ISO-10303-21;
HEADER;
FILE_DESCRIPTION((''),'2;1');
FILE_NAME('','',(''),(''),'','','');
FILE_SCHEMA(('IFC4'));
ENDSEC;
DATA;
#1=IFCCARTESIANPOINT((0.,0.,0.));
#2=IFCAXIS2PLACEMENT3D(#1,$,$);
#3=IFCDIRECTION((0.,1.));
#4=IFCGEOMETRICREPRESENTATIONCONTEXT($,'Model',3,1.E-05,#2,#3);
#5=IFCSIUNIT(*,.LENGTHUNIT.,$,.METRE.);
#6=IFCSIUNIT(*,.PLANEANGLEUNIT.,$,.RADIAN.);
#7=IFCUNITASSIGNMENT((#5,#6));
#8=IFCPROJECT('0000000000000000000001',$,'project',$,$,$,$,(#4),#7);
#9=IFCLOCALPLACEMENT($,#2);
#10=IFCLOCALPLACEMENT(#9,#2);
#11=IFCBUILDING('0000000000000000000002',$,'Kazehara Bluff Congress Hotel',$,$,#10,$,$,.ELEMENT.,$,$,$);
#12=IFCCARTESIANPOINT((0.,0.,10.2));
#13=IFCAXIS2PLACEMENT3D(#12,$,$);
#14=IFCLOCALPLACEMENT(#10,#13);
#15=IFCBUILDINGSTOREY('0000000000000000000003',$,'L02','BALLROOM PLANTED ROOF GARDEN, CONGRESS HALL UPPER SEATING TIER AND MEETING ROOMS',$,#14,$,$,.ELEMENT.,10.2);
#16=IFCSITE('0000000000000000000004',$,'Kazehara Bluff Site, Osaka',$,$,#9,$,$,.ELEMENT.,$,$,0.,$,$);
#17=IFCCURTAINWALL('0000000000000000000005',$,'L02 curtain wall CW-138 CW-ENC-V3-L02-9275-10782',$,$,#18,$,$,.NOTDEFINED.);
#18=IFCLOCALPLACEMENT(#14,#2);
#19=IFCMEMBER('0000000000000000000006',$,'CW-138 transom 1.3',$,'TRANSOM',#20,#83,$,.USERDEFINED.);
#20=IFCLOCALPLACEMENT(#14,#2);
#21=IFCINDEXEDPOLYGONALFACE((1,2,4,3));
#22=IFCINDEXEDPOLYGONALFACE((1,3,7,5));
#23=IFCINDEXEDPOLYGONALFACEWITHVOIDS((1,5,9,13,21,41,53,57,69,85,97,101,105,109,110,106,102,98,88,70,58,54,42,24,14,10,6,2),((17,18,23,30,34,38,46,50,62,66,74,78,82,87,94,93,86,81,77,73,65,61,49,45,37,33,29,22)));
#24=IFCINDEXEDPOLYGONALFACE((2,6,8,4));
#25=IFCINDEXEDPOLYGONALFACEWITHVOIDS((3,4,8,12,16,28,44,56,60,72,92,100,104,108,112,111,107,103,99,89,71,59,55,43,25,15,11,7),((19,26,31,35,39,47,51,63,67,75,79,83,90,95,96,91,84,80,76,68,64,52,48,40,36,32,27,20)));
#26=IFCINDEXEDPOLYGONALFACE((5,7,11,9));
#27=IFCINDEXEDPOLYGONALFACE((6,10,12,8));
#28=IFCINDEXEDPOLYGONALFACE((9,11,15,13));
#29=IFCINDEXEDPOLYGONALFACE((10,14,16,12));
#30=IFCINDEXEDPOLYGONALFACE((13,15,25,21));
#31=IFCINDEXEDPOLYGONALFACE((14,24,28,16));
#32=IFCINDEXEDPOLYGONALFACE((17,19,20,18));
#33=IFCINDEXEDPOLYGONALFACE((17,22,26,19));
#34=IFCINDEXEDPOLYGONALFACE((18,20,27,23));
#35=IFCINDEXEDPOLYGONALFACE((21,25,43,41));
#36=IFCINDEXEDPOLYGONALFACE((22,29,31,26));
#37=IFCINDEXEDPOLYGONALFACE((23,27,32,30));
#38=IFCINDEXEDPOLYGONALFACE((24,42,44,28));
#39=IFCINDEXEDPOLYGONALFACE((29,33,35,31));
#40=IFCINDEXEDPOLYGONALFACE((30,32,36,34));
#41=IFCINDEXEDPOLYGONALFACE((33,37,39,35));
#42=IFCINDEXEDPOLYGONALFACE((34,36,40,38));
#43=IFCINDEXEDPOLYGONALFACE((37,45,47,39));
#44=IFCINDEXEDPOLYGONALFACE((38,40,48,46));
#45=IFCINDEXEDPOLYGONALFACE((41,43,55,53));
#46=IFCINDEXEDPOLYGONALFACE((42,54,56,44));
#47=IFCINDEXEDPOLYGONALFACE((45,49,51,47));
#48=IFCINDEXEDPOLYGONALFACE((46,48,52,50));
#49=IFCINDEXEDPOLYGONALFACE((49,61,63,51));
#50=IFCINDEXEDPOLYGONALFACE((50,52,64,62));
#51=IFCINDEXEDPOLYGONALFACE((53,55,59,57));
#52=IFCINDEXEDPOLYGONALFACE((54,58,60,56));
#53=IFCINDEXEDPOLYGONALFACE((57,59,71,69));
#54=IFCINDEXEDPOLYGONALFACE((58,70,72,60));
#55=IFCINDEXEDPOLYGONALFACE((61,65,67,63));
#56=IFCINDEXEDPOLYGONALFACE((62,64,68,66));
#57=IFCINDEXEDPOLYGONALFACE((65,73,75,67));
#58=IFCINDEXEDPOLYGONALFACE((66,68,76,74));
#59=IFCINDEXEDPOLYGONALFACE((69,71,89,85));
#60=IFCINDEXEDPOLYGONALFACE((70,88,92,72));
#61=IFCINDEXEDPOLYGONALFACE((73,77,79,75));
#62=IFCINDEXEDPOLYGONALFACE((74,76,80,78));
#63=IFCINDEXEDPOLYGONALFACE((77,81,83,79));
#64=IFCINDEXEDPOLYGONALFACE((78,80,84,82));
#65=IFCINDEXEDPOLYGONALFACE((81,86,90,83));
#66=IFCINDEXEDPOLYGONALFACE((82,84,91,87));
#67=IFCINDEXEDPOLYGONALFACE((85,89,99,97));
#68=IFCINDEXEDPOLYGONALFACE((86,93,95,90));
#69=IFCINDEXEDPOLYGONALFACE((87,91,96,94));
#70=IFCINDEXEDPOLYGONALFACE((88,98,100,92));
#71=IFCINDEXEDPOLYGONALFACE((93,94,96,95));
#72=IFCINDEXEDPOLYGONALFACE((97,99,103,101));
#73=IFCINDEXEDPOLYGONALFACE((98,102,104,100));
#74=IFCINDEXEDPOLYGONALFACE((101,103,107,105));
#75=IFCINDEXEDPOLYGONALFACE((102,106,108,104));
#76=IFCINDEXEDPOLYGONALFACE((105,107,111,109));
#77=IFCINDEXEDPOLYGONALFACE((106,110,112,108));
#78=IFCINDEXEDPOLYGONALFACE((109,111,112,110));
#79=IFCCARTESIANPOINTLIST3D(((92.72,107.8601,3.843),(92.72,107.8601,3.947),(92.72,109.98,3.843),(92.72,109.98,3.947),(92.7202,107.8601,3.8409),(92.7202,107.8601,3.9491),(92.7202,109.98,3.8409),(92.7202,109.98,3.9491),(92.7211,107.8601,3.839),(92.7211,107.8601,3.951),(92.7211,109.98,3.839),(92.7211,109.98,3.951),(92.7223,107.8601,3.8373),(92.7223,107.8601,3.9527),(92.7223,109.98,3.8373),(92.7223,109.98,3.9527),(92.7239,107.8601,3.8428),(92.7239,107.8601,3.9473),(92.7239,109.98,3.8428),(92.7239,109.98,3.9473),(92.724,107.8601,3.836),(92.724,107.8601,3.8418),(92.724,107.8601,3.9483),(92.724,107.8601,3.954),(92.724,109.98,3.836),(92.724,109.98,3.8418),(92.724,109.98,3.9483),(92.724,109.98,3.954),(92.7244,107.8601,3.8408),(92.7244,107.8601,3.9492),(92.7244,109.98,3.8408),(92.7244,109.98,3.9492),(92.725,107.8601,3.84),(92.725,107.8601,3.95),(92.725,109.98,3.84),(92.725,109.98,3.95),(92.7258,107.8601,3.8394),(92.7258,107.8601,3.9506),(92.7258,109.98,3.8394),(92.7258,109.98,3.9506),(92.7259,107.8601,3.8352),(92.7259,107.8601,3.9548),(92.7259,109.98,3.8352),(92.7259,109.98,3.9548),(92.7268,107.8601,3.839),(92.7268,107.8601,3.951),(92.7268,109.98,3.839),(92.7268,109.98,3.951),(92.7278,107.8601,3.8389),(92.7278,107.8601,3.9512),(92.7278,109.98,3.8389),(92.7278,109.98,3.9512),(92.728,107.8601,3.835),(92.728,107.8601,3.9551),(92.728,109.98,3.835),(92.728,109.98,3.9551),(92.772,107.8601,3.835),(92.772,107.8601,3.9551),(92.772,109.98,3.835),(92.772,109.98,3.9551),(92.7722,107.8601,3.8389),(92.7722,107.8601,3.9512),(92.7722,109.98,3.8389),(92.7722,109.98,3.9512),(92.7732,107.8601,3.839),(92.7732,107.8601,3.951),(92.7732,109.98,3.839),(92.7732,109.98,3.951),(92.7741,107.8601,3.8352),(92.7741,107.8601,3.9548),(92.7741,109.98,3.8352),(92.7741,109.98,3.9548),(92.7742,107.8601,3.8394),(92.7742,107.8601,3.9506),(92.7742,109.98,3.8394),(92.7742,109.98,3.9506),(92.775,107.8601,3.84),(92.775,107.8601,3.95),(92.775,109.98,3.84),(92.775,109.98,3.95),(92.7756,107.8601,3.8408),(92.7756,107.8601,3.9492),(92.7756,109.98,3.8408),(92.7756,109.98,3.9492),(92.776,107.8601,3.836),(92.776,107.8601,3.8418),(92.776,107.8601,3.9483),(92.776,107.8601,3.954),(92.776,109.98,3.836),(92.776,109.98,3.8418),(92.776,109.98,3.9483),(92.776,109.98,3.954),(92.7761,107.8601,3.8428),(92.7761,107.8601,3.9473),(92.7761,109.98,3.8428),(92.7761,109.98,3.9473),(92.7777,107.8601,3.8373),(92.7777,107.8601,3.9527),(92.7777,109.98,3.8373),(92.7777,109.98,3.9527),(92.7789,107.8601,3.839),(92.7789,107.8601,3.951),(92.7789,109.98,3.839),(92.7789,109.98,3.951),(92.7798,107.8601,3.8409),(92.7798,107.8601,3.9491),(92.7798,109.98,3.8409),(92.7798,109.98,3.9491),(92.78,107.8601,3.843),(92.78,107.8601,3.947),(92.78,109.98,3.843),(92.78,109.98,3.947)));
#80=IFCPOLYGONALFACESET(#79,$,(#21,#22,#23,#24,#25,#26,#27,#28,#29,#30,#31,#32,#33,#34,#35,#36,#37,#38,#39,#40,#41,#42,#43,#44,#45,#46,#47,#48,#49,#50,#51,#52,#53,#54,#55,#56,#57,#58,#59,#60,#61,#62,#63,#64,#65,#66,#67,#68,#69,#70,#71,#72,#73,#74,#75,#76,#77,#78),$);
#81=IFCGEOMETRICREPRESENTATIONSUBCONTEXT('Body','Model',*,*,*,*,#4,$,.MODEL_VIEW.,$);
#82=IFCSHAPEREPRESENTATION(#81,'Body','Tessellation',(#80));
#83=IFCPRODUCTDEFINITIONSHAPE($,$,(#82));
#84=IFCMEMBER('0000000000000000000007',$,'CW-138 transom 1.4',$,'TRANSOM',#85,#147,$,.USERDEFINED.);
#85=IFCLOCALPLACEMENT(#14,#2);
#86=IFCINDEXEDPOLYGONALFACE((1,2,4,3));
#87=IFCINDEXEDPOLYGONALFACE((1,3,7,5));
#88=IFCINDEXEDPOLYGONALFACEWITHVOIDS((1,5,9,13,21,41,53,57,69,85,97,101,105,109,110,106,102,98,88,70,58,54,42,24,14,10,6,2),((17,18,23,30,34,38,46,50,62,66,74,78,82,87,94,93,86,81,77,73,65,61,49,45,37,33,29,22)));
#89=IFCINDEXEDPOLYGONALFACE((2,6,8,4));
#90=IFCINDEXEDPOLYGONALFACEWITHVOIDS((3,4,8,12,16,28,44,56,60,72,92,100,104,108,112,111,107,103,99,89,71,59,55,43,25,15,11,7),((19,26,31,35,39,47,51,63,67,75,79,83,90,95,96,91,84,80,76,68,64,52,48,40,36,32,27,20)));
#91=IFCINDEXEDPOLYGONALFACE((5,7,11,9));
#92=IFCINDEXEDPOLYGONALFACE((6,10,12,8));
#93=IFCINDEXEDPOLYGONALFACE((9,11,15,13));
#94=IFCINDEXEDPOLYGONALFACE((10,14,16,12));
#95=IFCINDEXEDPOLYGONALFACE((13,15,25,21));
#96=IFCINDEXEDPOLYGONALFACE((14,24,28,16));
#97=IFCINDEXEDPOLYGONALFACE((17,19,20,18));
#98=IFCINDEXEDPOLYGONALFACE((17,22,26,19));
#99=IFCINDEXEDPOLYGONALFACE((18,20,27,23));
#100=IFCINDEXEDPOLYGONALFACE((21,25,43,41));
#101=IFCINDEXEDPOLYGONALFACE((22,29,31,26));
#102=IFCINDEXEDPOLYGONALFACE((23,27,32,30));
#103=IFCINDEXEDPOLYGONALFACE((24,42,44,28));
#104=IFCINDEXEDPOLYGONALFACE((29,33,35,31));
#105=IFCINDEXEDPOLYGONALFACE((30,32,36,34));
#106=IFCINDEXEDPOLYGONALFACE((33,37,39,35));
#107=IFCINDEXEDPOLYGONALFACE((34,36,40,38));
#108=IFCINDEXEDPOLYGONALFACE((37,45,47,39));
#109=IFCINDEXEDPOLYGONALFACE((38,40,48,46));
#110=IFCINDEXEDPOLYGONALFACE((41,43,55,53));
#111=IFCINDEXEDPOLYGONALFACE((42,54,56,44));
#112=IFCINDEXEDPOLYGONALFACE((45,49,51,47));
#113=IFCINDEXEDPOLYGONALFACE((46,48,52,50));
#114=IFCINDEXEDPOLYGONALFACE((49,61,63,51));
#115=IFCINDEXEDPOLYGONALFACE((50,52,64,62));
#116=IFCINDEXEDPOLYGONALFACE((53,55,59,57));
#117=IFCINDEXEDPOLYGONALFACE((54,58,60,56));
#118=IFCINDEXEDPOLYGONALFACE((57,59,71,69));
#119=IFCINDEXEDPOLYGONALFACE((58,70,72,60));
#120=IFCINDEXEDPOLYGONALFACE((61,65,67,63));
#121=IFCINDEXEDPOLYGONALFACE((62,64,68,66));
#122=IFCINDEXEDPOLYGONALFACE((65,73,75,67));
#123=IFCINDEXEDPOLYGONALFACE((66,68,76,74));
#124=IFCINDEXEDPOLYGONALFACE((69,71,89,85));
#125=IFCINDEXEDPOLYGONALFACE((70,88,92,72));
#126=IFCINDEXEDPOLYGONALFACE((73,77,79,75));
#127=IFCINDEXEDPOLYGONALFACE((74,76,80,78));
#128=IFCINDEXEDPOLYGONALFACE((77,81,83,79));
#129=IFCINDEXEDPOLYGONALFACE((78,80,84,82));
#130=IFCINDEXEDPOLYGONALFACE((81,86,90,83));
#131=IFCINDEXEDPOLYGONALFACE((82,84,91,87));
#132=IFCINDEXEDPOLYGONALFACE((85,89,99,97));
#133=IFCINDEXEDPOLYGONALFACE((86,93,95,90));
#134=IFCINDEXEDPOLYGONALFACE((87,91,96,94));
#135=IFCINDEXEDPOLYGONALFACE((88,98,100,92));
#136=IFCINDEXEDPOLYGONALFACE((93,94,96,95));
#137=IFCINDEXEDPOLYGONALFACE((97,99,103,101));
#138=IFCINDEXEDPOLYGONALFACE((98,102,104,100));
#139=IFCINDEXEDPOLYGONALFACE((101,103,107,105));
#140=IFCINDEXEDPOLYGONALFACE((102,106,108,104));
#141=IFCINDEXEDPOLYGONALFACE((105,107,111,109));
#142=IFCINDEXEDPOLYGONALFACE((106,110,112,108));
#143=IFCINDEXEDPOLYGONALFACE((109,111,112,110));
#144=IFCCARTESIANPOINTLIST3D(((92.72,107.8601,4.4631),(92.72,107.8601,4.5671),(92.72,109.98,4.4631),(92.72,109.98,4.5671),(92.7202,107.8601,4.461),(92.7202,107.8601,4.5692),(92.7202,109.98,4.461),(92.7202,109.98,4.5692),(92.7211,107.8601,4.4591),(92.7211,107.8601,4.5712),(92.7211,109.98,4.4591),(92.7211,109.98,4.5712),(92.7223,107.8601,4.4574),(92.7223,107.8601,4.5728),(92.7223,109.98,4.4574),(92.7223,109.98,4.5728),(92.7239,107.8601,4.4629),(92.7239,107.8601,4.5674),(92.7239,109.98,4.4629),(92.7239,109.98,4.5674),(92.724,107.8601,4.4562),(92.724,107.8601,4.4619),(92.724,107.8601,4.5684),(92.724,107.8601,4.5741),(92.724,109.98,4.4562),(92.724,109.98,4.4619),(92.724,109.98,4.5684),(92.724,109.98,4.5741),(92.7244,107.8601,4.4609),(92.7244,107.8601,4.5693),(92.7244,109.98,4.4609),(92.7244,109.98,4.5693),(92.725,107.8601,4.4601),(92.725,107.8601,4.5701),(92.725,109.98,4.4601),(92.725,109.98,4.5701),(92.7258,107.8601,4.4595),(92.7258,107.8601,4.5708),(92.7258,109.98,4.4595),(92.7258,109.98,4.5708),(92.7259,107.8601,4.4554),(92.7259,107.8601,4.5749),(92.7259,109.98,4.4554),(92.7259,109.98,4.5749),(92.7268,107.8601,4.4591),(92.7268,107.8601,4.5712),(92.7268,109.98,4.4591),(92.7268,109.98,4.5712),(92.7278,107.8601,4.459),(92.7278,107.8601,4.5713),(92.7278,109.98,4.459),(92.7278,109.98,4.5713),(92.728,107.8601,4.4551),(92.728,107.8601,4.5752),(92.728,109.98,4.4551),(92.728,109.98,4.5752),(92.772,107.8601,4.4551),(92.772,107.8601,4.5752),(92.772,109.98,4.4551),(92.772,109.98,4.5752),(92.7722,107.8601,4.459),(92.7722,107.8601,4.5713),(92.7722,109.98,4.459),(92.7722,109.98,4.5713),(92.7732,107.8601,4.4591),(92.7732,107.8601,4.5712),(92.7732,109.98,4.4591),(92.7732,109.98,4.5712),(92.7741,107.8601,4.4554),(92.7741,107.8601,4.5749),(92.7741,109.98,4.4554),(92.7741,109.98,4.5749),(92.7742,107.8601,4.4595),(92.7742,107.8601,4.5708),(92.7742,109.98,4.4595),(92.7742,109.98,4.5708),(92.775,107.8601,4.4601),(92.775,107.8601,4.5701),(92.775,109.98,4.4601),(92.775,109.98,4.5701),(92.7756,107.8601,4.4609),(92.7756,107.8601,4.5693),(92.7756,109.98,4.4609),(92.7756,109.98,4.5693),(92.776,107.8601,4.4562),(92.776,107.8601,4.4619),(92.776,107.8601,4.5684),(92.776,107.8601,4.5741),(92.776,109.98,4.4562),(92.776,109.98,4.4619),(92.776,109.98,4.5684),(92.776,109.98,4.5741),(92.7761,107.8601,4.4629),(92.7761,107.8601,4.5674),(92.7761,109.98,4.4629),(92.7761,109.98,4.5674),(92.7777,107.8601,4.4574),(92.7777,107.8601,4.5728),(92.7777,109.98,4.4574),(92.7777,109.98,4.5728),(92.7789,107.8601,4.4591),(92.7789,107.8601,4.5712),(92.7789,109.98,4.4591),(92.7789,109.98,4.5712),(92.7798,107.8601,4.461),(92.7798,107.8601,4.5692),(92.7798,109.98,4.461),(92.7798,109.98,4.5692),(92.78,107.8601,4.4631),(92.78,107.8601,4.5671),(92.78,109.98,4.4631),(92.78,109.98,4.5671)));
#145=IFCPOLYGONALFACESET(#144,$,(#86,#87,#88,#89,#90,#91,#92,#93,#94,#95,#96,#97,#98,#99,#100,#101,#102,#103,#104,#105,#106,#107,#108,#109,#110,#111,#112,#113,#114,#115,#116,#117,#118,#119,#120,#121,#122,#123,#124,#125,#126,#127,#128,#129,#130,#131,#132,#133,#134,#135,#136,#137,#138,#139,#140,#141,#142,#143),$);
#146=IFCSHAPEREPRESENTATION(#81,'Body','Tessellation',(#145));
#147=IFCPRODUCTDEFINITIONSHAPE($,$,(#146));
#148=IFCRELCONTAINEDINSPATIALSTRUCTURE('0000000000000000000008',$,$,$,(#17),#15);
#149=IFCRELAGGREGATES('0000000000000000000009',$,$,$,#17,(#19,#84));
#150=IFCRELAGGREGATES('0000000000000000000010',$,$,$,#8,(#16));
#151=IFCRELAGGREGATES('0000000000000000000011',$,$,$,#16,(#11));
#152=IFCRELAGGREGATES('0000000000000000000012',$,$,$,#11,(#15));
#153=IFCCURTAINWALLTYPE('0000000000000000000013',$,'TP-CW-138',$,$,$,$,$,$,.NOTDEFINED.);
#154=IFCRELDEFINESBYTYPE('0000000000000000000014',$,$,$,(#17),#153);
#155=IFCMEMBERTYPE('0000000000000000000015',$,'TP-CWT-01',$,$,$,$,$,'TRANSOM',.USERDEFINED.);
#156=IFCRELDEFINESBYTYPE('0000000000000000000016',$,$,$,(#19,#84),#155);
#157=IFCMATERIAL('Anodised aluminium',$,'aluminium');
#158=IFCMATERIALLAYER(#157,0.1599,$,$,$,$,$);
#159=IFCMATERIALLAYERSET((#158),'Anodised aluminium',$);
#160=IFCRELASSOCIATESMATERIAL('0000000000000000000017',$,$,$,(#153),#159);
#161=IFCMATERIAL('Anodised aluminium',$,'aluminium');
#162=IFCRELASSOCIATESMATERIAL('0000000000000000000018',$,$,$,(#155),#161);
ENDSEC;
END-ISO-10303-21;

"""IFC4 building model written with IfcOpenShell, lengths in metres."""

from ifc_helpers import new_model, si_unit, direction, frame, origin, origin_2d, place, context, subcontext, project, spatial, hollow_rectangle, extrude, material, layer, layer_set, material_profile, profile_set, type_object, element, aggregate, save


model = new_model("IFC4")

# Units and contexts
model_context = context("Model", 3, precision=1e-05, world=origin(), true_north=direction((0.0, 1.0)))
body_context = subcontext(model_context, "Body", "Model", "MODEL_VIEW")
ifc_project = project(units=[si_unit("LENGTHUNIT", "METRE"), si_unit("PLANEANGLEUNIT", "RADIAN")], contexts=[model_context])

# Site, building, storey
site_placement = place(None, origin())
site = spatial("IfcSite", under=ifc_project, at=site_placement, Name="Kazehara Bluff Site, Osaka", CompositionType="ELEMENT", RefElevation=0.0)
building_placement = place(site_placement, origin())
building = spatial("IfcBuilding", under=site, at=building_placement, Name="Kazehara Bluff Congress Hotel", CompositionType="ELEMENT")
storey_placement = place(building_placement, frame((0.0, 0.0, 10.2)))
storey = spatial("IfcBuildingStorey", under=building, at=storey_placement, Name="L02", Description="BALLROOM PLANTED ROOF GARDEN, CONGRESS HALL UPPER SEATING TIER AND MEETING ROOMS", CompositionType="ELEMENT", Elevation=10.2)

# Curtain wall, members
ifc_material_1 = material(Name="Anodised aluminium", Category="aluminium")
ifc_layer_1 = layer(ifc_material_1, 0.1599)
ifc_layer_set_1 = layer_set([ifc_layer_1], Name="Anodised aluminium")
curtain_wall_type = type_object("IfcCurtainWallType", Name="TP-CW-138", PredefinedType="NOTDEFINED", material=ifc_layer_set_1)
curtain_wall_placement = place(storey_placement, origin())
curtain_wall = element("IfcCurtainWall", 1, at=curtain_wall_placement, inside=storey, type_object=curtain_wall_type, Name="L02 curtain wall CW-138 CW-ENC-V3-L02-9275-10782", PredefinedType="NOTDEFINED")
ifc_material_2 = material(Name="Anodised aluminium", Category="aluminium")
ifc_material_profile_1 = material_profile(ifc_material_2, hollow_rectangle(XDim=0.0601, YDim=0.1201, WallThickness=0.0039, InnerFilletRadius=0.0039, OuterFilletRadius=0.0081, at=origin_2d()))
ifc_profile_set_1 = profile_set([ifc_material_profile_1], Name="Anodised aluminium")
member_type_1 = type_object("IfcMemberType", Name="TP-CWT-01", ElementType="TRANSOM", PredefinedType="USERDEFINED", material=ifc_profile_set_1)
member_1_placement = place(storey_placement, frame((92.75, 109.98, 3.895), z_axis=(0.0, -1.0, 0.0), x_axis=(1.0, 0.0, 0.0)))
member_1 = element("IfcMember", 2, at=member_1_placement, type_object=member_type_1, Name="CW-138 transom 1.3", ObjectType="TRANSOM", PredefinedType="USERDEFINED", context=body_context, shape_type="SweptSolid", body=[
    extrude(hollow_rectangle(XDim=0.0601, YDim=0.1201, WallThickness=0.0039, InnerFilletRadius=0.0039, OuterFilletRadius=0.0081, at=origin_2d()), origin(), (0.0, 0.0, 1.0), 2.1199),
])
member_2_placement = place(storey_placement, frame((92.75, 109.98, 4.5151), z_axis=(0.0, -1.0, 0.0), x_axis=(1.0, 0.0, 0.0)))
member_2 = element("IfcMember", 3, at=member_2_placement, type_object=member_type_1, Name="CW-138 transom 1.4", ObjectType="TRANSOM", PredefinedType="USERDEFINED", context=body_context, shape_type="SweptSolid", body=[
    extrude(hollow_rectangle(XDim=0.0601, YDim=0.1201, WallThickness=0.0039, InnerFilletRadius=0.0039, OuterFilletRadius=0.0081, at=origin_2d()), origin(), (0.0, 0.0, 1.0), 2.1199),
])
aggregate(curtain_wall, [member_1, member_2])

save(model, "model.ifc")
